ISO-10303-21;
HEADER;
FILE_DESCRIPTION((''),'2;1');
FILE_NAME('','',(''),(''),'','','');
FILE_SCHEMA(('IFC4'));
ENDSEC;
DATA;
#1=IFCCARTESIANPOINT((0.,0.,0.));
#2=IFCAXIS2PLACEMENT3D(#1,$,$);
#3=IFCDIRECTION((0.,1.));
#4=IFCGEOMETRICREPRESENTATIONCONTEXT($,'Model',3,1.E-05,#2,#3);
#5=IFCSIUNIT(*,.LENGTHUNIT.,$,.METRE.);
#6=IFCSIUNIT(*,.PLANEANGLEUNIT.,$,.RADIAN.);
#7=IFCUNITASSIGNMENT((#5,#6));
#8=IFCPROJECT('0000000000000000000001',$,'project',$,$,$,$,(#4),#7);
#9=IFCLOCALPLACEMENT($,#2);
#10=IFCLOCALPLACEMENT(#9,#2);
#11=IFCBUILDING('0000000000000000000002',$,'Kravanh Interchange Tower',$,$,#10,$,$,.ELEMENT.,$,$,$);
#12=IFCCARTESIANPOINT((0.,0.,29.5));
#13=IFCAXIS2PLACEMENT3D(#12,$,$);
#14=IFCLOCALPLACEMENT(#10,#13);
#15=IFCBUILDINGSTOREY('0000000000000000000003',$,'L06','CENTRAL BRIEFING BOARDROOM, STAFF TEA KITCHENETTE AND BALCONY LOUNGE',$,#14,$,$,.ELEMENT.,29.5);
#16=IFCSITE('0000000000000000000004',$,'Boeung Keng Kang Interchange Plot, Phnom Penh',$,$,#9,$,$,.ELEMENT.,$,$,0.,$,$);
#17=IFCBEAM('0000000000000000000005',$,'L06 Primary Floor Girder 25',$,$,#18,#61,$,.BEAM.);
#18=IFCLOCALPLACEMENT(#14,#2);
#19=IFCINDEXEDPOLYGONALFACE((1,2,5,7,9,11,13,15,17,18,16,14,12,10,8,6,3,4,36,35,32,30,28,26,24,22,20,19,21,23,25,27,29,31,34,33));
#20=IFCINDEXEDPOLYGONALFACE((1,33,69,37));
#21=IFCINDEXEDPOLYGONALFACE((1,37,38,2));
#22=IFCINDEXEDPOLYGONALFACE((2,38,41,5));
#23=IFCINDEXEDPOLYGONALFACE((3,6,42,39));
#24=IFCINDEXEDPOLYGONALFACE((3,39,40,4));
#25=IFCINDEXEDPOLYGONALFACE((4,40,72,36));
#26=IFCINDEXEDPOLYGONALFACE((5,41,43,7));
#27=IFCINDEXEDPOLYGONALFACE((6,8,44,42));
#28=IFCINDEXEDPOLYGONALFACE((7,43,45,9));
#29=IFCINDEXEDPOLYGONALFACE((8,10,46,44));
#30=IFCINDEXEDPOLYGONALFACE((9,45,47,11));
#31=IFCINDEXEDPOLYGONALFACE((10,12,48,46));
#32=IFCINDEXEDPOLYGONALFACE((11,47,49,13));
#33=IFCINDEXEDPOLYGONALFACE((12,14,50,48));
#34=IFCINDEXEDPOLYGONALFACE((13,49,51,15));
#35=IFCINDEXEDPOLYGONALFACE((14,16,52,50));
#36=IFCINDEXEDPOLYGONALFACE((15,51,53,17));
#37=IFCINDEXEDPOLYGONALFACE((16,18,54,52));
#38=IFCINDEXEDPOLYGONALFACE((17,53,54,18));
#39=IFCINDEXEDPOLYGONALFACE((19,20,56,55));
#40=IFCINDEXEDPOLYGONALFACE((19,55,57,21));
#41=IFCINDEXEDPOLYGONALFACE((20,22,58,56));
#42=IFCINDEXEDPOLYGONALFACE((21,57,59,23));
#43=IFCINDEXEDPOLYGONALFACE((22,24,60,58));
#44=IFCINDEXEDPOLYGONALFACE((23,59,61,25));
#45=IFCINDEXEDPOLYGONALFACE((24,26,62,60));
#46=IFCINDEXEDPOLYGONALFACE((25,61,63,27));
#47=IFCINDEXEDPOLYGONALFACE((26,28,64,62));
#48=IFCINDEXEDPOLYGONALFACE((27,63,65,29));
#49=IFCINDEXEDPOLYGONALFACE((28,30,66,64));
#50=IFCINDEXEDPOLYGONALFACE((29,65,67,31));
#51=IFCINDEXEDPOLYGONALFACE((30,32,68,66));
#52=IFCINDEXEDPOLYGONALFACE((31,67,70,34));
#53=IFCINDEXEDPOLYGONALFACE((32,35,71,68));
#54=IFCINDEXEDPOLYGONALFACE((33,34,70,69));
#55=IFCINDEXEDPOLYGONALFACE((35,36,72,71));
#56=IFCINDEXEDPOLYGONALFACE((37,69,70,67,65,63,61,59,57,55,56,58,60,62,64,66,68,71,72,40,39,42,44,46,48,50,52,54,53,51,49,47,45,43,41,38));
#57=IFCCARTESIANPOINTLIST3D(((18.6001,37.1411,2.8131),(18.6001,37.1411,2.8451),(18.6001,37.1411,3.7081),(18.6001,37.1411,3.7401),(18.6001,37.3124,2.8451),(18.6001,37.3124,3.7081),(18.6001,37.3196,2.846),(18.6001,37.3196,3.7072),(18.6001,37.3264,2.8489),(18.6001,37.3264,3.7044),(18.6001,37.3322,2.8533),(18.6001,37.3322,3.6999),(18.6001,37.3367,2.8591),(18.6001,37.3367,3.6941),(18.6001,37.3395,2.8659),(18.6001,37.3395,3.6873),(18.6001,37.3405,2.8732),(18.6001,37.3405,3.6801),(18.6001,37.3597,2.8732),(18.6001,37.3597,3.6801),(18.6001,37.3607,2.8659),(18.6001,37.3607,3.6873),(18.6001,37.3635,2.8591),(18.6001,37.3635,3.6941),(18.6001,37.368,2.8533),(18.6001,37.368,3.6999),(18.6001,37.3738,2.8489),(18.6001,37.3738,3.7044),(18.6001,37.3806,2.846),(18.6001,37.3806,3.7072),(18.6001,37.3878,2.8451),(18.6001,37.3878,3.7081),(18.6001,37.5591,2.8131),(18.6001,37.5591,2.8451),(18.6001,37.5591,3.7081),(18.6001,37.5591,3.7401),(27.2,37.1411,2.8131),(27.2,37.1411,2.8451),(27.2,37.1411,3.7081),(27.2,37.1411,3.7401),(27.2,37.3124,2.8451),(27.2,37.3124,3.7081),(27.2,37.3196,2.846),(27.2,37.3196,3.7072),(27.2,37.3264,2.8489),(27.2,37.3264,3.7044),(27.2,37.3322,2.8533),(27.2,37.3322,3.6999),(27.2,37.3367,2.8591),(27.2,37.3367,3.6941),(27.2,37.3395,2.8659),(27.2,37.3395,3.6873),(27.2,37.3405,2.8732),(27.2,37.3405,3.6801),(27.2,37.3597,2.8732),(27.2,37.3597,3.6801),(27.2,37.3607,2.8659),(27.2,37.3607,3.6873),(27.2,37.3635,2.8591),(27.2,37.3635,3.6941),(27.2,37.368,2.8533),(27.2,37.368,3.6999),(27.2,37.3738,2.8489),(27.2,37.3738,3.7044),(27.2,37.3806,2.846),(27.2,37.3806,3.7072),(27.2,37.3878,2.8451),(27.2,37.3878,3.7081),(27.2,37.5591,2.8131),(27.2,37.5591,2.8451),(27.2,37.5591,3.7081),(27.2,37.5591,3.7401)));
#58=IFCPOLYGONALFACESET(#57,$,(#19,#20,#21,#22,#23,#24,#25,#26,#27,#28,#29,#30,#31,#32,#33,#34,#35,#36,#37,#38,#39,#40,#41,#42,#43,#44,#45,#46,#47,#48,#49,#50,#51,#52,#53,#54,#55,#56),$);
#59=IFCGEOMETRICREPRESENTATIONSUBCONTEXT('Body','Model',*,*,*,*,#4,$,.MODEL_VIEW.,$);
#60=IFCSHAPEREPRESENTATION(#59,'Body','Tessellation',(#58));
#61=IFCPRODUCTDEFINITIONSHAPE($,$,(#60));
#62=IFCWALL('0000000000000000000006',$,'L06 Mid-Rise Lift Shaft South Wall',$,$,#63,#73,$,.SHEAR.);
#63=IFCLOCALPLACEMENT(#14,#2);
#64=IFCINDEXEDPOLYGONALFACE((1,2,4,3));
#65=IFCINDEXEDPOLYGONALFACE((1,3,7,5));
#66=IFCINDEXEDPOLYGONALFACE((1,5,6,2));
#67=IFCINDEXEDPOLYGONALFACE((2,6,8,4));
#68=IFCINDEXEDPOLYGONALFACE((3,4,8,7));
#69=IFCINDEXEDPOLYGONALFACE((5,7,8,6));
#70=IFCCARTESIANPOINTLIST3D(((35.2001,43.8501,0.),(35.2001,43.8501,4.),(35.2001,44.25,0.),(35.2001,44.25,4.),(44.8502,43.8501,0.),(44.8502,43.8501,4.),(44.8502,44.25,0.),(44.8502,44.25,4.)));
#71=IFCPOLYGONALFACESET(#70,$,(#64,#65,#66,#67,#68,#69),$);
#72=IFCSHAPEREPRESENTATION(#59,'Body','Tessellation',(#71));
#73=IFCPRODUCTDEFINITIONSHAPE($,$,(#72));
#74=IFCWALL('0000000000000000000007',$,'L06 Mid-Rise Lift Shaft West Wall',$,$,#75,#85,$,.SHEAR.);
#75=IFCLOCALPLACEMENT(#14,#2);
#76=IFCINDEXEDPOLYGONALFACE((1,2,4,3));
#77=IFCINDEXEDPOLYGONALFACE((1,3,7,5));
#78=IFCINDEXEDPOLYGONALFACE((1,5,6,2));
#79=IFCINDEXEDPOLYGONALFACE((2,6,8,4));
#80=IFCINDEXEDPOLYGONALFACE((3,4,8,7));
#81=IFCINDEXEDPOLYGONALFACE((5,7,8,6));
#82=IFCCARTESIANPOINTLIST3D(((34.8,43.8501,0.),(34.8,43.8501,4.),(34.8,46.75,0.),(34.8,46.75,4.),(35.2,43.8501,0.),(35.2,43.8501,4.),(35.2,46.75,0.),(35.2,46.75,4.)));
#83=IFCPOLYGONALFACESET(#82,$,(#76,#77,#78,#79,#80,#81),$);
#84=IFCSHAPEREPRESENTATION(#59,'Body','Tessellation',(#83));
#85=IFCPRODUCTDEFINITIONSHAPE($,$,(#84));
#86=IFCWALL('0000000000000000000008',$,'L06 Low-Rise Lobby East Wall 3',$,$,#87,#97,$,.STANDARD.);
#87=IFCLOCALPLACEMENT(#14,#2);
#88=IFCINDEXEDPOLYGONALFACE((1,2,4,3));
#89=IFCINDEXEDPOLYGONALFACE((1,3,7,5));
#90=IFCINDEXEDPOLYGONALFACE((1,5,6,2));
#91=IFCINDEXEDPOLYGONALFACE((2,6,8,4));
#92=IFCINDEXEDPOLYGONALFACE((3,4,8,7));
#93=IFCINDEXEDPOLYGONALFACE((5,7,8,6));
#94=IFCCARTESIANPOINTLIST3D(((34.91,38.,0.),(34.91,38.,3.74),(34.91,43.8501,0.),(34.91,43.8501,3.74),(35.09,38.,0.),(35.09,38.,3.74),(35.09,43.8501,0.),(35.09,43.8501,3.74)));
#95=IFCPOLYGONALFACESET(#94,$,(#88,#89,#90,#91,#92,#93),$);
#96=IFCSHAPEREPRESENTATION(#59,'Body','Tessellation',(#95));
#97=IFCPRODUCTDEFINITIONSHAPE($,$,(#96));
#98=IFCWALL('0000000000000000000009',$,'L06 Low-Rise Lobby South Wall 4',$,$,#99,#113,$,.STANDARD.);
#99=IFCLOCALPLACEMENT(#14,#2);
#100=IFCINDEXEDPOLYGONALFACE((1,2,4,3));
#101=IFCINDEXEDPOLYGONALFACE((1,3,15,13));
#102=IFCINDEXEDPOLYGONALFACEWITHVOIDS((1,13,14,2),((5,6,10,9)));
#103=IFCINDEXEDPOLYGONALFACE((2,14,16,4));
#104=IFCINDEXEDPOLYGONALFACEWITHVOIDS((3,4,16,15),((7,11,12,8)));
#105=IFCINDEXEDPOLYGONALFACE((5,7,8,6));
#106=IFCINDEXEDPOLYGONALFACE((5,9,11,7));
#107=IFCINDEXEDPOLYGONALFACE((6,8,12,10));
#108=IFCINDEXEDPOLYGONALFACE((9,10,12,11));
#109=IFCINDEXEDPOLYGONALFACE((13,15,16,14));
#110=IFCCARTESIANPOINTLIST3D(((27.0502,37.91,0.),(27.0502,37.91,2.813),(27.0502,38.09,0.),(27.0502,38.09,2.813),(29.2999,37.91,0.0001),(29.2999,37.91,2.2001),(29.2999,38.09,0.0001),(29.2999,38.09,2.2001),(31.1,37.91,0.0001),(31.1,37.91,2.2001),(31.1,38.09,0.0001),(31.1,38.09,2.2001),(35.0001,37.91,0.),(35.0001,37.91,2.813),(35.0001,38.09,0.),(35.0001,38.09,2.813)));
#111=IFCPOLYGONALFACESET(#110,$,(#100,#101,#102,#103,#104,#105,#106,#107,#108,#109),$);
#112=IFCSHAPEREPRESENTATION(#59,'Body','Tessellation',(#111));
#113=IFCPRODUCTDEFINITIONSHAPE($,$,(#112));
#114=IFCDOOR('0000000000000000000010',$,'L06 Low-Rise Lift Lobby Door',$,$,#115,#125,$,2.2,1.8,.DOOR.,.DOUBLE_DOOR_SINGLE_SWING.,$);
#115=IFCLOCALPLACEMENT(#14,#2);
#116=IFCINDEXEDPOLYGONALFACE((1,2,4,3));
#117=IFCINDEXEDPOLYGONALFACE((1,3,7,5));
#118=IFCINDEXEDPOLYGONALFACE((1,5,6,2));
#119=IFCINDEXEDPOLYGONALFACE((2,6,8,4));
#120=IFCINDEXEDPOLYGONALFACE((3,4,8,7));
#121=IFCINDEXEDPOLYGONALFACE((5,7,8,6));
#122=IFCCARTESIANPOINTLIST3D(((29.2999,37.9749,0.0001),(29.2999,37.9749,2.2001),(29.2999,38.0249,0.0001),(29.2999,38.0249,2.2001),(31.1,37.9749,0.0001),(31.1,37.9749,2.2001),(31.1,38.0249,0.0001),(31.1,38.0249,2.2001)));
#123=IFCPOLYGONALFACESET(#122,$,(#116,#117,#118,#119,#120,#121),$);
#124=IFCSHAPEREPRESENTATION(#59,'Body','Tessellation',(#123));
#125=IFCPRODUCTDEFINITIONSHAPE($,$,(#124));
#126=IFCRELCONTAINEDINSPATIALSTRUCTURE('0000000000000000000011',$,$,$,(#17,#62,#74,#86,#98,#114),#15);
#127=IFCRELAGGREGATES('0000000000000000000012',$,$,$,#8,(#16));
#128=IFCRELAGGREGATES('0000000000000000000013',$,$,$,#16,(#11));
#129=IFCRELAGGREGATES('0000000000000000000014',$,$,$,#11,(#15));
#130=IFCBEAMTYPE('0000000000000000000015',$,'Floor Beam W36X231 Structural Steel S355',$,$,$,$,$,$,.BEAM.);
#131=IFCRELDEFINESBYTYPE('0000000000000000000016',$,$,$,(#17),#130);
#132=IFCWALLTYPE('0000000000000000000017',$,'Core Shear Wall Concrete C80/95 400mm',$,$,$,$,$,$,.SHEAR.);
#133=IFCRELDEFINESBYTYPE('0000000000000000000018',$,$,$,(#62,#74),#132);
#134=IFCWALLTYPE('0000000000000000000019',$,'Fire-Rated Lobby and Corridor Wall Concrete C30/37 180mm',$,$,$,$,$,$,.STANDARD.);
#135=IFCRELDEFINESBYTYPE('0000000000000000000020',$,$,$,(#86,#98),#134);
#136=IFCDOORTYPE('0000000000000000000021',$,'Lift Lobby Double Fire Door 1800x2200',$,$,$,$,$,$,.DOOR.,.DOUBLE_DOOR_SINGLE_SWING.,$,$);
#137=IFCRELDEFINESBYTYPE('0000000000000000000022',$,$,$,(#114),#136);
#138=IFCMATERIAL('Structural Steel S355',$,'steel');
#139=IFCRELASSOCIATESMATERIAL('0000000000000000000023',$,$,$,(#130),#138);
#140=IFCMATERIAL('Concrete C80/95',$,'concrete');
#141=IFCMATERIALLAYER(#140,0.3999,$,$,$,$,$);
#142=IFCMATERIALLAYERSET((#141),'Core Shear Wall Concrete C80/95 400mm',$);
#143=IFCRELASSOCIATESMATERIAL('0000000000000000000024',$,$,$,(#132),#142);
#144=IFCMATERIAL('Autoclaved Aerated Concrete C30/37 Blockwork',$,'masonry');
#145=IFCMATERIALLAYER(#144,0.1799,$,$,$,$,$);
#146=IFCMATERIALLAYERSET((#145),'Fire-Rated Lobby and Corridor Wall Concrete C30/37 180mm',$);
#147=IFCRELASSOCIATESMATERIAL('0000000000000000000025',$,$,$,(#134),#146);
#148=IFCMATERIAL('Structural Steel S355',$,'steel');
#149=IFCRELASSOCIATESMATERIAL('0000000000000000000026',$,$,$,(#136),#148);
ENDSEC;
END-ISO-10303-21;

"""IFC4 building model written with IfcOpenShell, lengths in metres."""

from ifc_helpers import new_model, si_unit, direction, frame, frame_2d, origin, origin_2d, place, context, subcontext, project, spatial, rectangle, i_section, extrude, material, layer, layer_set, material_profile, profile_set, type_object, element, fill, save


model = new_model("IFC4")

# Units and contexts
model_context = context("Model", 3, precision=1e-05, world=origin(), true_north=direction((0.0, 1.0)))
body_context = subcontext(model_context, "Body", "Model", "MODEL_VIEW")
ifc_project = project(units=[si_unit("LENGTHUNIT", "METRE"), si_unit("PLANEANGLEUNIT", "RADIAN")], contexts=[model_context])

# Site, building, storey
site_placement = place(None, origin())
site = spatial("IfcSite", under=ifc_project, at=site_placement, Name="Boeung Keng Kang Interchange Plot, Phnom Penh", CompositionType="ELEMENT", RefElevation=0.0)
building_placement = place(site_placement, origin())
building = spatial("IfcBuilding", under=site, at=building_placement, Name="Kravanh Interchange Tower", CompositionType="ELEMENT")
storey_placement = place(building_placement, frame((0.0, 0.0, 29.5)))
storey = spatial("IfcBuildingStorey", under=building, at=storey_placement, Name="L06", Description="CENTRAL BRIEFING BOARDROOM, STAFF TEA KITCHENETTE AND BALCONY LOUNGE", CompositionType="ELEMENT", Elevation=29.5)

# Beam
ifc_material_1 = material(Name="Structural Steel S355", Category="steel")
ifc_material_profile_1 = material_profile(ifc_material_1, i_section(OverallWidth=0.418, OverallDepth=0.927, WebThickness=0.0193, FlangeThickness=0.032, FilletRadius=0.0281, at=origin_2d()), Name="W36X231")
ifc_profile_set_1 = profile_set([ifc_material_profile_1], Name="Structural Steel S355")
beam_type = type_object("IfcBeamType", Name="Floor Beam W36X231 Structural Steel S355", PredefinedType="BEAM", material=ifc_profile_set_1)
beam_1_placement = place(storey_placement, frame((27.2, 37.3501, 3.2766), z_axis=(-1.0, 0.0, 0.0), x_axis=(0.0, -1.0, 0.0)))
element("IfcBeam", 1, at=beam_1_placement, inside=storey, type_object=beam_type, Name="L06 Primary Floor Girder 25", PredefinedType="BEAM", context=body_context, shape_type="SweptSolid", body=[
    extrude(i_section(OverallWidth=0.418, OverallDepth=0.927, WebThickness=0.0193, FlangeThickness=0.032, FilletRadius=0.0281, at=origin_2d()), origin(), (0.0, 0.0, 1.0), 8.5999),
])

# Walls
ifc_material_2 = material(Name="Concrete C80/95", Category="concrete")
ifc_layer_1 = layer(ifc_material_2, 0.3999)
ifc_layer_set_1 = layer_set([ifc_layer_1], Name="Core Shear Wall Concrete C80/95 400mm")
wall_type_1 = type_object("IfcWallType", Name="Core Shear Wall Concrete C80/95 400mm", PredefinedType="SHEAR", material=ifc_layer_set_1)
wall_1_placement = place(storey_placement, frame((35.2, 44.05, 0.0), z_axis=(0.0, 0.0, 1.0), x_axis=(1.0, 0.0, 0.0)))
element("IfcWall", 2, at=wall_1_placement, inside=storey, type_object=wall_type_1, Name="L06 Mid-Rise Lift Shaft South Wall", PredefinedType="SHEAR", context=body_context, shape_type="SweptSolid", body=[
    extrude(rectangle(XDim=9.6501, YDim=0.3999, at=frame_2d((4.8252, 0.0))), origin(), (0.0, 0.0, 1.0), 4.0),
])
wall_2_placement = place(storey_placement, frame((35.0, 43.8501, 0.0), z_axis=(0.0, 0.0, 1.0), x_axis=(0.0, 1.0, 0.0)))
element("IfcWall", 3, at=wall_2_placement, inside=storey, type_object=wall_type_1, Name="L06 Mid-Rise Lift Shaft West Wall", PredefinedType="SHEAR", context=body_context, shape_type="SweptSolid", body=[
    extrude(rectangle(XDim=2.8999, YDim=0.3999, at=frame_2d((1.45, 0.0))), origin(), (0.0, 0.0, 1.0), 4.0),
])
ifc_material_3 = material(Name="Autoclaved Aerated Concrete C30/37 Blockwork", Category="masonry")
ifc_layer_2 = layer(ifc_material_3, 0.1799)
ifc_layer_set_2 = layer_set([ifc_layer_2], Name="Fire-Rated Lobby and Corridor Wall Concrete C30/37 180mm")
wall_type_2 = type_object("IfcWallType", Name="Fire-Rated Lobby and Corridor Wall Concrete C30/37 180mm", PredefinedType="STANDARD", material=ifc_layer_set_2)
wall_3_placement = place(storey_placement, frame((35.0, 38.0, 0.0), z_axis=(0.0, 0.0, 1.0), x_axis=(0.0, 1.0, 0.0)))
element("IfcWall", 4, at=wall_3_placement, inside=storey, type_object=wall_type_2, Name="L06 Low-Rise Lobby East Wall 3", PredefinedType="STANDARD", context=body_context, shape_type="SweptSolid", body=[
    extrude(rectangle(XDim=5.8501, YDim=0.1799, at=frame_2d((2.925, 0.0))), origin(), (0.0, 0.0, 1.0), 3.74),
])

# Wall, opening, door
wall_4_placement = place(storey_placement, frame((27.05, 38.0, 0.0), z_axis=(0.0, 0.0, 1.0), x_axis=(1.0, 0.0, 0.0)))
wall_4 = element("IfcWall", 5, at=wall_4_placement, inside=storey, type_object=wall_type_2, Name="L06 Low-Rise Lobby South Wall 4", PredefinedType="STANDARD", context=body_context, shape_type="SweptSolid", body=[
    extrude(rectangle(XDim=7.95, YDim=0.1799, at=frame_2d((3.9751, 0.0))), origin(), (0.0, 0.0, 1.0), 2.813),
])
opening_1_placement = place(wall_4_placement, frame((2.25, 0.0, 0.0)))
opening_1 = element("IfcOpeningElement", 6, at=opening_1_placement, cuts=wall_4, PredefinedType="OPENING", context=body_context, shape_type="SweptSolid", body=[
    extrude(rectangle(XDim=1.8, YDim=2.2, at=frame_2d((0.8999, 1.1001))), frame((0.0, 0.1001, 0.0), z_axis=(0.0, -1.0, 0.0), x_axis=(1.0, 0.0, 0.0)), (0.0, 0.0, 1.0), 0.2),
])
ifc_material_4 = material(Name="Structural Steel S355", Category="steel")
door_type_1 = type_object("IfcDoorType", Name="Lift Lobby Double Fire Door 1800x2200", OperationType="DOUBLE_DOOR_SINGLE_SWING", PredefinedType="DOOR", material=ifc_material_4)
door_1_placement = place(opening_1_placement, origin())
door_1 = element("IfcDoor", 7, at=door_1_placement, inside=storey, type_object=door_type_1, Name="L06 Low-Rise Lift Lobby Door", OperationType="DOUBLE_DOOR_SINGLE_SWING", OverallHeight=2.2, OverallWidth=1.8, PredefinedType="DOOR", context=body_context, shape_type="SweptSolid", body=[
    extrude(rectangle(XDim=1.8, YDim=2.2, at=frame_2d((0.8999, 1.1001))), frame((0.0, 0.0249, 0.0), z_axis=(0.0, -1.0, 0.0), x_axis=(1.0, 0.0, 0.0)), (0.0, 0.0, 1.0), 0.05),
])
fill(opening_1, door_1)

save(model, "model.ifc")
